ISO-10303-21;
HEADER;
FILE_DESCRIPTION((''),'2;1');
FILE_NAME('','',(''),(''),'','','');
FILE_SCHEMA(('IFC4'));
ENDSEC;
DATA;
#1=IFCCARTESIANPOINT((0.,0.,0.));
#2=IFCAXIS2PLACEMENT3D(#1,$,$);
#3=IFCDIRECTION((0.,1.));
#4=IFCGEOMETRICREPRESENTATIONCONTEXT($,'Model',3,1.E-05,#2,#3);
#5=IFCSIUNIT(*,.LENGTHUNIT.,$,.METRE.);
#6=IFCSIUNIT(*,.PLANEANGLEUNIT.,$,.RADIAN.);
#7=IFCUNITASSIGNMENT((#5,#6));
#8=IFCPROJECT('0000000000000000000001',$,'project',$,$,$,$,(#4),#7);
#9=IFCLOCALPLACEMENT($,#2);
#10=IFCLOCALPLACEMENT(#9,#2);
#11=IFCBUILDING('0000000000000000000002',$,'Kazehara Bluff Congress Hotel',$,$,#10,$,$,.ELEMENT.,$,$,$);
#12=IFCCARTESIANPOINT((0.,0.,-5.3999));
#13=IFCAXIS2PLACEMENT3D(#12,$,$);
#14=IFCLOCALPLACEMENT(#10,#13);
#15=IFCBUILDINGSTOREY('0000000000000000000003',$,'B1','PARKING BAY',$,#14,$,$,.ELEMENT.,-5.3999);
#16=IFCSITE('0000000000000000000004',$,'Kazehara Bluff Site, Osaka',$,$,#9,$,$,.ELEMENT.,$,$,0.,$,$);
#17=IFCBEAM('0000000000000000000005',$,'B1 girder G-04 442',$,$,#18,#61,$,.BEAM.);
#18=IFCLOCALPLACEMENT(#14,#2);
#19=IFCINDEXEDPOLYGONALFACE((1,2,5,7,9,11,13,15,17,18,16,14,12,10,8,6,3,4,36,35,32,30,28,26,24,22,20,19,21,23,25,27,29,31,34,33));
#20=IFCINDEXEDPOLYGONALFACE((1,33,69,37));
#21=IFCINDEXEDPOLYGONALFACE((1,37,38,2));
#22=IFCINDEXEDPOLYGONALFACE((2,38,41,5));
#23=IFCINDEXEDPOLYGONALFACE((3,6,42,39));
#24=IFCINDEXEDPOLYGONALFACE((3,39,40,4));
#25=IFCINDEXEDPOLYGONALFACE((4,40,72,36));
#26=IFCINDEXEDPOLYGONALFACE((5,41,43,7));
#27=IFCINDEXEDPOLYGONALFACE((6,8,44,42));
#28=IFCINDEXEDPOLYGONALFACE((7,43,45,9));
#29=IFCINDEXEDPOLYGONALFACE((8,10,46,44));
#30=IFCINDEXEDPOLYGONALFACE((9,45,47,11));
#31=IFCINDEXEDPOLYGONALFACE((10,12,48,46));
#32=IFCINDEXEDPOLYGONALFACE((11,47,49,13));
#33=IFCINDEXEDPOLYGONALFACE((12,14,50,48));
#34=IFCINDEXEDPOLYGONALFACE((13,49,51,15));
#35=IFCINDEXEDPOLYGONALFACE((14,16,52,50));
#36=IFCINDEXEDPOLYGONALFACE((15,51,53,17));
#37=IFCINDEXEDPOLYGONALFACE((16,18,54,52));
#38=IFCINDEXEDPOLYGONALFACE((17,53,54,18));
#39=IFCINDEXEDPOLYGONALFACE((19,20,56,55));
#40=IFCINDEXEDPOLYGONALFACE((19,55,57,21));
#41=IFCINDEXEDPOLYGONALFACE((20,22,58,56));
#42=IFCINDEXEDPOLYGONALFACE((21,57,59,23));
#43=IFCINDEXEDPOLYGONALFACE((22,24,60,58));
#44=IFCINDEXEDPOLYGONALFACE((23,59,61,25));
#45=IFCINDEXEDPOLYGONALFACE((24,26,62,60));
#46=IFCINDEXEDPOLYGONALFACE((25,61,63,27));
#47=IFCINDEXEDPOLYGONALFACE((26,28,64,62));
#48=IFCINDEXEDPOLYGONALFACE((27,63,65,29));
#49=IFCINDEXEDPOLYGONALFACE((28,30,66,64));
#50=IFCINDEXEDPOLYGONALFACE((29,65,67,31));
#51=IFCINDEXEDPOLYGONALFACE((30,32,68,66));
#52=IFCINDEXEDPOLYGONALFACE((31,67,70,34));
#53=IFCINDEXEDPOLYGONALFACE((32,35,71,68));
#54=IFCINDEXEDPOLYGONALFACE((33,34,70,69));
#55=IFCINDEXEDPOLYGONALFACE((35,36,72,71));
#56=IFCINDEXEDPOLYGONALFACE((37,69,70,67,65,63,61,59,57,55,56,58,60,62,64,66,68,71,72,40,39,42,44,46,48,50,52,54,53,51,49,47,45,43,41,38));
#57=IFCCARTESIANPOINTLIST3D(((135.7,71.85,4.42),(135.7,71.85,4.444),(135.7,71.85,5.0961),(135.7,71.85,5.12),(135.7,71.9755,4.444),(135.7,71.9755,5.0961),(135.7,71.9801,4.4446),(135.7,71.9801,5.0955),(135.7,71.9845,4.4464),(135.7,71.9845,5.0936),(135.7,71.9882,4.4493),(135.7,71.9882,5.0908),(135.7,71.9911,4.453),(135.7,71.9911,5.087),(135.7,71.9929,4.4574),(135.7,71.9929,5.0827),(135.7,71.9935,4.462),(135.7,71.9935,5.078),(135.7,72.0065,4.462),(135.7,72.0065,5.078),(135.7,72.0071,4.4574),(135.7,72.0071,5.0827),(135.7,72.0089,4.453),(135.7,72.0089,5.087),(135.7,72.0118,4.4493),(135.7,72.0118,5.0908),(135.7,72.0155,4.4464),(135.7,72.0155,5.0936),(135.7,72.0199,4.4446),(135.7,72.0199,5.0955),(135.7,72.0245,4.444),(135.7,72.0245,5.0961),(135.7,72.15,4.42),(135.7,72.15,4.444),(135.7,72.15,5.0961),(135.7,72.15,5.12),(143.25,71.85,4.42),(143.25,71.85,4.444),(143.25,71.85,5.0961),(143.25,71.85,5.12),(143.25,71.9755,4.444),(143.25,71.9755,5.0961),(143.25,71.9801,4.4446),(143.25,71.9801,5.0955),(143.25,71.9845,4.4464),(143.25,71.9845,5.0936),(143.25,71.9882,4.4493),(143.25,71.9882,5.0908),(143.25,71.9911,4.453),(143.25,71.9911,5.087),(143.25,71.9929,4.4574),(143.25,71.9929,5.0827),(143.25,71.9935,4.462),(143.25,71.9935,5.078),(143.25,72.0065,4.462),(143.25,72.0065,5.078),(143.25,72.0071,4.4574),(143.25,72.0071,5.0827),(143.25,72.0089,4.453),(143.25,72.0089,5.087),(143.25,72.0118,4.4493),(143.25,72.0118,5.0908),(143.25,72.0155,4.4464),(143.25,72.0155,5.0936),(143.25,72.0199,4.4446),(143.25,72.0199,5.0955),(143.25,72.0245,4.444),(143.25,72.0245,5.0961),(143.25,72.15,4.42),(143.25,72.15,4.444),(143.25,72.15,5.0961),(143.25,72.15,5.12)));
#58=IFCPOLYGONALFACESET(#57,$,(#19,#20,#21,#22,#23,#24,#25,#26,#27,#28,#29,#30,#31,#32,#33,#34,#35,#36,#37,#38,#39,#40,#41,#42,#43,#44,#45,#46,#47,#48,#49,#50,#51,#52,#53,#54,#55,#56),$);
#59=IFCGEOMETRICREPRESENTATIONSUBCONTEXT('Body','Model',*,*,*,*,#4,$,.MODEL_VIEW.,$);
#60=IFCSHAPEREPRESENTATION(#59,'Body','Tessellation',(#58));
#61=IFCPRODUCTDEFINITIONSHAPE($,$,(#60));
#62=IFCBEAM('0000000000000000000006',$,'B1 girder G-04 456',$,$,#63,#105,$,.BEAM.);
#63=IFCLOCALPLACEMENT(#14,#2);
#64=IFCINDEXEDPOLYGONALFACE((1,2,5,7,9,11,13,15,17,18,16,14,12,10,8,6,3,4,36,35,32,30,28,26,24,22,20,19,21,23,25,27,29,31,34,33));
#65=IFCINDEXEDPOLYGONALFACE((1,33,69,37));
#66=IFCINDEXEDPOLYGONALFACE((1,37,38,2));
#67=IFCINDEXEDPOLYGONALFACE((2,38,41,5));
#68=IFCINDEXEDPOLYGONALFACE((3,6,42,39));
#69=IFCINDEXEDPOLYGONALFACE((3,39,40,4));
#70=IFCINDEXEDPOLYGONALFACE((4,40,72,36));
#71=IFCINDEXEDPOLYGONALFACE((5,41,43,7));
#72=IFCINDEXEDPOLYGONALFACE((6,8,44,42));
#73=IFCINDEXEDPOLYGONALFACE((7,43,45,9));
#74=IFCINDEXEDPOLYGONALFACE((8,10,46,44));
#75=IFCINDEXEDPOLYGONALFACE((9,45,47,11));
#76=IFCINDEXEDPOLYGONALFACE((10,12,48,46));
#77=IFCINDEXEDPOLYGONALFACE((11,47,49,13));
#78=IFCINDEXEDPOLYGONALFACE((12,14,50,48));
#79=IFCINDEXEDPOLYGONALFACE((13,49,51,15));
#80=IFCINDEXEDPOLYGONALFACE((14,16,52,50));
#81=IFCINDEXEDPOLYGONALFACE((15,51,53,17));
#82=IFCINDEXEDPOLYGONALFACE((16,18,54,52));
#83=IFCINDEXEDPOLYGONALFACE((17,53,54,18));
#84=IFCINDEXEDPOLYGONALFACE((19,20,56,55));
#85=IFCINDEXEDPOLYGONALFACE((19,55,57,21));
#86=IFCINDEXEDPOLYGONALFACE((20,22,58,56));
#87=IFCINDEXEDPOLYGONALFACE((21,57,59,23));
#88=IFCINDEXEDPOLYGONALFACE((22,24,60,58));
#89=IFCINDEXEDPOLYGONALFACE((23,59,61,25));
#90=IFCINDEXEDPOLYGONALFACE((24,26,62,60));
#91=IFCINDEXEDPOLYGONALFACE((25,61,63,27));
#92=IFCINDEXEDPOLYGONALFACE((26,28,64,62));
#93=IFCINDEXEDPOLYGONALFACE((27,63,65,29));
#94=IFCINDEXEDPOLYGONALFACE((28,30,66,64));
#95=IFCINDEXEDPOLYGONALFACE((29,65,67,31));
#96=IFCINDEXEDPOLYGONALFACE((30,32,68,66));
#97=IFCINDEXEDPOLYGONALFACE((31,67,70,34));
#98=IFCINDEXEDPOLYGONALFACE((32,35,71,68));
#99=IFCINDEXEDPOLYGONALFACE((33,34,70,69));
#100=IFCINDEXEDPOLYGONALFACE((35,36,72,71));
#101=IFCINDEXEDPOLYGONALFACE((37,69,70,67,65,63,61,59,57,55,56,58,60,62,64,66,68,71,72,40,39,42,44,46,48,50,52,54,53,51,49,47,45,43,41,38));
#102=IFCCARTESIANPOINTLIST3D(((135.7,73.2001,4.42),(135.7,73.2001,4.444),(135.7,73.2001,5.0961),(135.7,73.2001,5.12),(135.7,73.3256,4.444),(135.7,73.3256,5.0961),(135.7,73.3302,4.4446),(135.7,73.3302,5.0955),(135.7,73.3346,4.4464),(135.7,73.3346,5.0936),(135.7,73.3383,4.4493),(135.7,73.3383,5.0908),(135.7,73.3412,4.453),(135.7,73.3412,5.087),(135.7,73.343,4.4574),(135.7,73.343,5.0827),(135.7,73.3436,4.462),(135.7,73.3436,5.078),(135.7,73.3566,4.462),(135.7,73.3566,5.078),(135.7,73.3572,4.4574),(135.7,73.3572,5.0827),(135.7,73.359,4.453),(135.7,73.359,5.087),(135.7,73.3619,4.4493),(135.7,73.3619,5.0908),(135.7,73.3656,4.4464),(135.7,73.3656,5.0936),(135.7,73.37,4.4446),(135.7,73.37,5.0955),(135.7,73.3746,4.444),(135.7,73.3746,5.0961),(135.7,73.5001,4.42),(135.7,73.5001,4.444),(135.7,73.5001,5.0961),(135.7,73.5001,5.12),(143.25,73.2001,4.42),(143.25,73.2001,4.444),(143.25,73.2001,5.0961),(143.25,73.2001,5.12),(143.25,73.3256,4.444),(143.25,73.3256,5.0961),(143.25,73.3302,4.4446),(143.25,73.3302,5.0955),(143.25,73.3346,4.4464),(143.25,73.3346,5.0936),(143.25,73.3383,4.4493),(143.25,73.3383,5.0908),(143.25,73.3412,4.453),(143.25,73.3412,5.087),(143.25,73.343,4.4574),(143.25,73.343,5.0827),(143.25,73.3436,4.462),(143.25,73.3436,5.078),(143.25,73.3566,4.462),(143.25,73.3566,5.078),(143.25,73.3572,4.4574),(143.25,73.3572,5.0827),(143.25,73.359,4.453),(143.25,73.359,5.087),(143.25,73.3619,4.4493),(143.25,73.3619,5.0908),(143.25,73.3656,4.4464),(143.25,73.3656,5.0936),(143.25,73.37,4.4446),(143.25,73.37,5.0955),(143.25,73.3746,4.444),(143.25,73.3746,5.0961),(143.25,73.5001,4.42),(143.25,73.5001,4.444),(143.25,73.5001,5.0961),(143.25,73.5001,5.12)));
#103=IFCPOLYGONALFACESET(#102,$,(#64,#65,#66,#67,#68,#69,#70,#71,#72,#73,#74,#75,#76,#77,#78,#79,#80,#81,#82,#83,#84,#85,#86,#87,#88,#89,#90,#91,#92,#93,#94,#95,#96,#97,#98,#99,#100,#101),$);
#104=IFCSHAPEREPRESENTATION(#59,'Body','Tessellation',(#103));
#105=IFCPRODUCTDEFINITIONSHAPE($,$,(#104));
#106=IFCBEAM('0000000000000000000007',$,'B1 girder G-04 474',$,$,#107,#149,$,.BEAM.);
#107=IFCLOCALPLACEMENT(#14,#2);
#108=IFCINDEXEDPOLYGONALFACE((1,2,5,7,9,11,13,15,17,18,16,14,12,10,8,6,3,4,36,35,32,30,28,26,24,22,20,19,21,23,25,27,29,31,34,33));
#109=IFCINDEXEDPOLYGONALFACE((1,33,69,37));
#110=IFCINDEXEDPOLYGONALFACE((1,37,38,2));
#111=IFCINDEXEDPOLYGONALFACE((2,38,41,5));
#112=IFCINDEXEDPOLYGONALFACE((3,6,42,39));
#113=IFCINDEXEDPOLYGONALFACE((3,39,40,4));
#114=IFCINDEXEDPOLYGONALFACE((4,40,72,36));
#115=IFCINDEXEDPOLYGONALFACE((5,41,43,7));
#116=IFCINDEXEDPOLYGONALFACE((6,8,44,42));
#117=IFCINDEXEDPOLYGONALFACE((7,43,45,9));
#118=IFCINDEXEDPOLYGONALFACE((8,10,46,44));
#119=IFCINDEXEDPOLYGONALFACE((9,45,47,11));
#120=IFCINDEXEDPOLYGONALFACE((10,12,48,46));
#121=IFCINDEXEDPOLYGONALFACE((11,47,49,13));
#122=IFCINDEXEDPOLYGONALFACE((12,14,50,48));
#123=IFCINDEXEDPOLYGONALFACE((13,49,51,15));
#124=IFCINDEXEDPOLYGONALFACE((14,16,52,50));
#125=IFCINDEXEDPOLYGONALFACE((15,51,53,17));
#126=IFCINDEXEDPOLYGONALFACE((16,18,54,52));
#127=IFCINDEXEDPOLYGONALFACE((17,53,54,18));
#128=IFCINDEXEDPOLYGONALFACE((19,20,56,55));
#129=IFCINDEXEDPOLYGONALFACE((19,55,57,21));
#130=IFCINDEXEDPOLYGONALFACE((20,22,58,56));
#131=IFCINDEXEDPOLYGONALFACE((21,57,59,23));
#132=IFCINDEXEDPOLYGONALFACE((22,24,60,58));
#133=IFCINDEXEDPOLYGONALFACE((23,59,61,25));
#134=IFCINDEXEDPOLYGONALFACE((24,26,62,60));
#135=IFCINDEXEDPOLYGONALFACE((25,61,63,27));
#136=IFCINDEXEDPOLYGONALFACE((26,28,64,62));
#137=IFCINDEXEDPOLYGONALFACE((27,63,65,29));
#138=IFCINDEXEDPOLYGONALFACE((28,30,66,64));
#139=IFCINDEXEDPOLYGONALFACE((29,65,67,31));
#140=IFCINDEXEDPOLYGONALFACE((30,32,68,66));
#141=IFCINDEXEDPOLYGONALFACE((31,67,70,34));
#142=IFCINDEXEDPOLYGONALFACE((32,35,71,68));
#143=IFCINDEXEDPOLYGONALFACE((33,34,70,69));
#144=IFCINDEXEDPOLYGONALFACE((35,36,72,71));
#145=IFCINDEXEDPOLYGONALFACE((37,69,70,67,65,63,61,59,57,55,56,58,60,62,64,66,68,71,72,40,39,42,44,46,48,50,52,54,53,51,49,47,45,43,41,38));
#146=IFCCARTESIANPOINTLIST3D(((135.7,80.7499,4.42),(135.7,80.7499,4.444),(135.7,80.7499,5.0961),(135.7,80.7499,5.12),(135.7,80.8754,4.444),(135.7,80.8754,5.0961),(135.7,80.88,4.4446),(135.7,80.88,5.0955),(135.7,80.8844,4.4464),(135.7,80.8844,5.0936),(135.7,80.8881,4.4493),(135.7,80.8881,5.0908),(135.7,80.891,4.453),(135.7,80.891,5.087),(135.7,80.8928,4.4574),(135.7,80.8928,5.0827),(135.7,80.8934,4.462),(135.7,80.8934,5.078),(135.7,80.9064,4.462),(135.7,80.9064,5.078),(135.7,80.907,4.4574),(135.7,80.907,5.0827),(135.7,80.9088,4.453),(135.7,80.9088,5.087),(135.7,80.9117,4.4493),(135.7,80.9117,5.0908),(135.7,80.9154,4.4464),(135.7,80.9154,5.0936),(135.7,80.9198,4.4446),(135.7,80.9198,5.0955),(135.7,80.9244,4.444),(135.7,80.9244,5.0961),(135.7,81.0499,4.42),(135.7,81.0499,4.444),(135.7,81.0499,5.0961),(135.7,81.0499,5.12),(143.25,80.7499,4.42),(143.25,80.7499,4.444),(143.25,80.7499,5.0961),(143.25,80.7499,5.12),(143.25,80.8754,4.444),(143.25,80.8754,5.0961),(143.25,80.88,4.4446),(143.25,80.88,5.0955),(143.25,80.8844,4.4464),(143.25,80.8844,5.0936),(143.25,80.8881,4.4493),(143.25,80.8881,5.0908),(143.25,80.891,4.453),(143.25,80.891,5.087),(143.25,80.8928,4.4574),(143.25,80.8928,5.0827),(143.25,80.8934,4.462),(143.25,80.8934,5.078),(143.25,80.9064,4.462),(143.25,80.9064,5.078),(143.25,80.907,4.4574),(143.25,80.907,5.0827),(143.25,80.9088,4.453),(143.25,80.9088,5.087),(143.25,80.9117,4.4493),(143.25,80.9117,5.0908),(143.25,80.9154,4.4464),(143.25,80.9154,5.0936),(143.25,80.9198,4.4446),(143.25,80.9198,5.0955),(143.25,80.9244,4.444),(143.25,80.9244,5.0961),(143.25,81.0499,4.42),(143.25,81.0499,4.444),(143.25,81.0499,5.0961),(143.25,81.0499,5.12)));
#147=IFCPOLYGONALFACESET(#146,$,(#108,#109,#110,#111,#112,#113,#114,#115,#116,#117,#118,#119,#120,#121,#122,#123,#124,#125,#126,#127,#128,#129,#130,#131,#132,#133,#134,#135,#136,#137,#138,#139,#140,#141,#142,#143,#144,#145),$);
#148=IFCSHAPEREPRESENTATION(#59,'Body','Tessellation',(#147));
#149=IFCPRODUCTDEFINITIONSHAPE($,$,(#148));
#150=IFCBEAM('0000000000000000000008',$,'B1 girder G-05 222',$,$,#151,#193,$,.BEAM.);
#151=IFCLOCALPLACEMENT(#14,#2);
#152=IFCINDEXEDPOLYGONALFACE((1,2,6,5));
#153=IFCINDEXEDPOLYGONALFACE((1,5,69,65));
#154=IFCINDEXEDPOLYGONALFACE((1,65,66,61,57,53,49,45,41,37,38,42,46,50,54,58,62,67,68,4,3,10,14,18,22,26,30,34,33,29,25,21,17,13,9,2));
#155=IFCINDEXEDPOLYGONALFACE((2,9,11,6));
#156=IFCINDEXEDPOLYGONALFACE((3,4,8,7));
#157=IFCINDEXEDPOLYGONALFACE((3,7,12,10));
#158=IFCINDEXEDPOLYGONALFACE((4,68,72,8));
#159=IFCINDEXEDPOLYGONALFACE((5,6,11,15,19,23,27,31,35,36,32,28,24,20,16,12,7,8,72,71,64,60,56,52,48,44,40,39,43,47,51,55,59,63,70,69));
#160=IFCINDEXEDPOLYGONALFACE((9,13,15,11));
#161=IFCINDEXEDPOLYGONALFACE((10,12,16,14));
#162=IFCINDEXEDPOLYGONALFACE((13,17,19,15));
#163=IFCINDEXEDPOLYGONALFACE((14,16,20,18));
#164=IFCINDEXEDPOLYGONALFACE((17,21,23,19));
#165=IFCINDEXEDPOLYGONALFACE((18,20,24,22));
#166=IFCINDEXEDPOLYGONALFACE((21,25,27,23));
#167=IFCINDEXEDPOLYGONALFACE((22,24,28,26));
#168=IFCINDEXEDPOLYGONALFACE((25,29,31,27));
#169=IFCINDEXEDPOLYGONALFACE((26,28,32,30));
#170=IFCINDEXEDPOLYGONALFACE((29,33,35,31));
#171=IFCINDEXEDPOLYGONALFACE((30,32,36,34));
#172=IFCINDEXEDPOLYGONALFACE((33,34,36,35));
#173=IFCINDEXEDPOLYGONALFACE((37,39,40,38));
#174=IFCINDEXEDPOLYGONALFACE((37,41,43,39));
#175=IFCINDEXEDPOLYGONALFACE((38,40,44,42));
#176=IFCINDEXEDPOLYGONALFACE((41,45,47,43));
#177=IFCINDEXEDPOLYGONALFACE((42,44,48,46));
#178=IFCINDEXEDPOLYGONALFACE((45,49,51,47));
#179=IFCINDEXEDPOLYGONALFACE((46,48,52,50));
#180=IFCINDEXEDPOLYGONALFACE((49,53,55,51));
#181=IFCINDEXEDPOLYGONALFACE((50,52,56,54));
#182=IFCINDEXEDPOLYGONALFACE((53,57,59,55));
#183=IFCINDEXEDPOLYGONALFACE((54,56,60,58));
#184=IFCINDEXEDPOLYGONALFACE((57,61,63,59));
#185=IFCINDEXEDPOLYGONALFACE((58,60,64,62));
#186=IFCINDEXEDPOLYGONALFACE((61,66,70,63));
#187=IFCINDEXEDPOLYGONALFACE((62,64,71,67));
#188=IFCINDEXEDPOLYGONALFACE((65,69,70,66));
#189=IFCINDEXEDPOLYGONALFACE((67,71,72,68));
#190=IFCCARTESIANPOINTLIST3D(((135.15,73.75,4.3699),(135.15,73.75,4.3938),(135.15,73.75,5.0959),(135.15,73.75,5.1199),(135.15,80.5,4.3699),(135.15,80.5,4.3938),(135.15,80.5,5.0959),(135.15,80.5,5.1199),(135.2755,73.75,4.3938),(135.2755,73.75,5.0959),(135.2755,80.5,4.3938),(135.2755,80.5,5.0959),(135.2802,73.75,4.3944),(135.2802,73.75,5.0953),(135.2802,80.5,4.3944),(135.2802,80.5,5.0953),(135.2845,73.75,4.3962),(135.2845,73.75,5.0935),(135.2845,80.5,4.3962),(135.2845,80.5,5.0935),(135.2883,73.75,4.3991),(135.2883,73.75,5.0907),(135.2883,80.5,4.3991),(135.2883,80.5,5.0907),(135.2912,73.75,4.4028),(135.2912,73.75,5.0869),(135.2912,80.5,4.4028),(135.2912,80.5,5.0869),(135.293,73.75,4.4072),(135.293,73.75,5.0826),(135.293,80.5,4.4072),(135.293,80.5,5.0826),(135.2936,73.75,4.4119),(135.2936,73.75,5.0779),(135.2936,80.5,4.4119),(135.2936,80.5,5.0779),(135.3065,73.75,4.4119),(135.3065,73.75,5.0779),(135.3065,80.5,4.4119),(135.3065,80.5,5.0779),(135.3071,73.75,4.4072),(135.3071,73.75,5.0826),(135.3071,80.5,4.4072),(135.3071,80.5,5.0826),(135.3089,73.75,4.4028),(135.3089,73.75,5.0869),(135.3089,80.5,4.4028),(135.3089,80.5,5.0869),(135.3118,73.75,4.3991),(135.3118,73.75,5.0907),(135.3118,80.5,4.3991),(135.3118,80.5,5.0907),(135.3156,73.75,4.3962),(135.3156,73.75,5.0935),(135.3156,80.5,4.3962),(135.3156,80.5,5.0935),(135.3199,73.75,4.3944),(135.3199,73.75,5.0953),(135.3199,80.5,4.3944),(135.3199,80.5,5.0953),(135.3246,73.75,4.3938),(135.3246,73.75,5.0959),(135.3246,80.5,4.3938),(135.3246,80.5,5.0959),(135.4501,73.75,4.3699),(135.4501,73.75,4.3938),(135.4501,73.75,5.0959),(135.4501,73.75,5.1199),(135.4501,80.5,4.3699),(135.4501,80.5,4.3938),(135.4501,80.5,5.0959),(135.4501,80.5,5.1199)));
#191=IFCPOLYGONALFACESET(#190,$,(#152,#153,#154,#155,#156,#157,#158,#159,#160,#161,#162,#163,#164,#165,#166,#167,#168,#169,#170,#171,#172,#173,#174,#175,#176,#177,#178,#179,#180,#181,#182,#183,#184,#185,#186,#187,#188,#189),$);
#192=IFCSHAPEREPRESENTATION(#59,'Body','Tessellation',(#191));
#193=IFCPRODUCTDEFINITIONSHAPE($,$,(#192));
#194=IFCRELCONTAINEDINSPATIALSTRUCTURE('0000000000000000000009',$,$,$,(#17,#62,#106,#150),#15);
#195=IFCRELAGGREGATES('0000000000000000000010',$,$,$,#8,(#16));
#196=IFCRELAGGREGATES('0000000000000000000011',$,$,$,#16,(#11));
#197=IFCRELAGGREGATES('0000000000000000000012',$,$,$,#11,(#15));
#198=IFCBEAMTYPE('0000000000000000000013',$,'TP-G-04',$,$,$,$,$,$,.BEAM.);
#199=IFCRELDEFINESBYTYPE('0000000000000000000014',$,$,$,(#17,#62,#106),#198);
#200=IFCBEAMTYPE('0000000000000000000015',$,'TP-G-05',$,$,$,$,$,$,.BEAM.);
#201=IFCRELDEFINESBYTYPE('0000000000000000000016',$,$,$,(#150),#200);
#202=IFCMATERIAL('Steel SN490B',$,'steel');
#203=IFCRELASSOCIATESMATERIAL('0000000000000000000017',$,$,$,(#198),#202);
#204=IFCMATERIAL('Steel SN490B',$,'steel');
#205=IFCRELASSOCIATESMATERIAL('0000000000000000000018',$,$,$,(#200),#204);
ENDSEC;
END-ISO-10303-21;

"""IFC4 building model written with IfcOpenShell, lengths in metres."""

from ifc_helpers import new_model, si_unit, direction, frame, origin, origin_2d, place, context, subcontext, project, spatial, i_section, extrude, material, material_profile, profile_set, type_object, element, save


model = new_model("IFC4")

# Units and contexts
model_context = context("Model", 3, precision=1e-05, world=origin(), true_north=direction((0.0, 1.0)))
body_context = subcontext(model_context, "Body", "Model", "MODEL_VIEW")
ifc_project = project(units=[si_unit("LENGTHUNIT", "METRE"), si_unit("PLANEANGLEUNIT", "RADIAN")], contexts=[model_context])

# Site, building, storey
site_placement = place(None, origin())
site = spatial("IfcSite", under=ifc_project, at=site_placement, Name="Kazehara Bluff Site, Osaka", CompositionType="ELEMENT", RefElevation=0.0)
building_placement = place(site_placement, origin())
building = spatial("IfcBuilding", under=site, at=building_placement, Name="Kazehara Bluff Congress Hotel", CompositionType="ELEMENT")
storey_placement = place(building_placement, frame((0.0, 0.0, -5.3999)))
storey = spatial("IfcBuildingStorey", under=building, at=storey_placement, Name="B1", Description="PARKING BAY", CompositionType="ELEMENT", Elevation=-5.3999)

# Beams
ifc_material_1 = material(Name="Steel SN490B", Category="steel")
ifc_material_profile_1 = material_profile(ifc_material_1, i_section(OverallWidth=0.3, OverallDepth=0.7, WebThickness=0.0129, FlangeThickness=0.0239, FilletRadius=0.0181, at=origin_2d()))
ifc_profile_set_1 = profile_set([ifc_material_profile_1], Name="Steel SN490B")
beam_type_1 = type_object("IfcBeamType", Name="TP-G-04", PredefinedType="BEAM", material=ifc_profile_set_1)
for number, where, z_axis, x_axis, name in (
    (1, (135.7, 72.0, 4.77), (1.0, 0.0, 0.0), (0.0, 1.0, 0.0), "B1 girder G-04 442"),
    (2, (135.7, 73.3501, 4.77), (1.0, 0.0, 0.0), (0.0, 1.0, 0.0), "B1 girder G-04 456"),
    (3, (135.7, 80.8999, 4.77), (1.0, 0.0, 0.0), (0.0, 1.0, 0.0), "B1 girder G-04 474"),
):
    element("IfcBeam", number, at=place(storey_placement, frame(where, z_axis=z_axis, x_axis=x_axis)), inside=storey, type_object=beam_type_1, Name=name, PredefinedType="BEAM", context=body_context, shape_type="SweptSolid", body=[
        extrude(i_section(OverallWidth=0.3, OverallDepth=0.7, WebThickness=0.0129, FlangeThickness=0.0239, FilletRadius=0.0181, at=origin_2d()), origin(), (0.0, 0.0, 1.0), 7.55),
    ])
ifc_material_2 = material(Name="Steel SN490B", Category="steel")
ifc_material_profile_2 = material_profile(ifc_material_2, i_section(OverallWidth=0.3, OverallDepth=0.75, WebThickness=0.0129, FlangeThickness=0.0239, FilletRadius=0.0181, at=origin_2d()))
ifc_profile_set_2 = profile_set([ifc_material_profile_2], Name="Steel SN490B")
beam_type_2 = type_object("IfcBeamType", Name="TP-G-05", PredefinedType="BEAM", material=ifc_profile_set_2)
beam_1_placement = place(storey_placement, frame((135.3, 73.75, 4.7449), z_axis=(0.0, 1.0, 0.0), x_axis=(-1.0, 0.0, 0.0)))
element("IfcBeam", 4, at=beam_1_placement, inside=storey, type_object=beam_type_2, Name="B1 girder G-05 222", PredefinedType="BEAM", context=body_context, shape_type="SweptSolid", body=[
    extrude(i_section(OverallWidth=0.3, OverallDepth=0.75, WebThickness=0.0129, FlangeThickness=0.0239, FilletRadius=0.0181, at=origin_2d()), origin(), (0.0, 0.0, 1.0), 6.75),
])

save(model, "model.ifc")
